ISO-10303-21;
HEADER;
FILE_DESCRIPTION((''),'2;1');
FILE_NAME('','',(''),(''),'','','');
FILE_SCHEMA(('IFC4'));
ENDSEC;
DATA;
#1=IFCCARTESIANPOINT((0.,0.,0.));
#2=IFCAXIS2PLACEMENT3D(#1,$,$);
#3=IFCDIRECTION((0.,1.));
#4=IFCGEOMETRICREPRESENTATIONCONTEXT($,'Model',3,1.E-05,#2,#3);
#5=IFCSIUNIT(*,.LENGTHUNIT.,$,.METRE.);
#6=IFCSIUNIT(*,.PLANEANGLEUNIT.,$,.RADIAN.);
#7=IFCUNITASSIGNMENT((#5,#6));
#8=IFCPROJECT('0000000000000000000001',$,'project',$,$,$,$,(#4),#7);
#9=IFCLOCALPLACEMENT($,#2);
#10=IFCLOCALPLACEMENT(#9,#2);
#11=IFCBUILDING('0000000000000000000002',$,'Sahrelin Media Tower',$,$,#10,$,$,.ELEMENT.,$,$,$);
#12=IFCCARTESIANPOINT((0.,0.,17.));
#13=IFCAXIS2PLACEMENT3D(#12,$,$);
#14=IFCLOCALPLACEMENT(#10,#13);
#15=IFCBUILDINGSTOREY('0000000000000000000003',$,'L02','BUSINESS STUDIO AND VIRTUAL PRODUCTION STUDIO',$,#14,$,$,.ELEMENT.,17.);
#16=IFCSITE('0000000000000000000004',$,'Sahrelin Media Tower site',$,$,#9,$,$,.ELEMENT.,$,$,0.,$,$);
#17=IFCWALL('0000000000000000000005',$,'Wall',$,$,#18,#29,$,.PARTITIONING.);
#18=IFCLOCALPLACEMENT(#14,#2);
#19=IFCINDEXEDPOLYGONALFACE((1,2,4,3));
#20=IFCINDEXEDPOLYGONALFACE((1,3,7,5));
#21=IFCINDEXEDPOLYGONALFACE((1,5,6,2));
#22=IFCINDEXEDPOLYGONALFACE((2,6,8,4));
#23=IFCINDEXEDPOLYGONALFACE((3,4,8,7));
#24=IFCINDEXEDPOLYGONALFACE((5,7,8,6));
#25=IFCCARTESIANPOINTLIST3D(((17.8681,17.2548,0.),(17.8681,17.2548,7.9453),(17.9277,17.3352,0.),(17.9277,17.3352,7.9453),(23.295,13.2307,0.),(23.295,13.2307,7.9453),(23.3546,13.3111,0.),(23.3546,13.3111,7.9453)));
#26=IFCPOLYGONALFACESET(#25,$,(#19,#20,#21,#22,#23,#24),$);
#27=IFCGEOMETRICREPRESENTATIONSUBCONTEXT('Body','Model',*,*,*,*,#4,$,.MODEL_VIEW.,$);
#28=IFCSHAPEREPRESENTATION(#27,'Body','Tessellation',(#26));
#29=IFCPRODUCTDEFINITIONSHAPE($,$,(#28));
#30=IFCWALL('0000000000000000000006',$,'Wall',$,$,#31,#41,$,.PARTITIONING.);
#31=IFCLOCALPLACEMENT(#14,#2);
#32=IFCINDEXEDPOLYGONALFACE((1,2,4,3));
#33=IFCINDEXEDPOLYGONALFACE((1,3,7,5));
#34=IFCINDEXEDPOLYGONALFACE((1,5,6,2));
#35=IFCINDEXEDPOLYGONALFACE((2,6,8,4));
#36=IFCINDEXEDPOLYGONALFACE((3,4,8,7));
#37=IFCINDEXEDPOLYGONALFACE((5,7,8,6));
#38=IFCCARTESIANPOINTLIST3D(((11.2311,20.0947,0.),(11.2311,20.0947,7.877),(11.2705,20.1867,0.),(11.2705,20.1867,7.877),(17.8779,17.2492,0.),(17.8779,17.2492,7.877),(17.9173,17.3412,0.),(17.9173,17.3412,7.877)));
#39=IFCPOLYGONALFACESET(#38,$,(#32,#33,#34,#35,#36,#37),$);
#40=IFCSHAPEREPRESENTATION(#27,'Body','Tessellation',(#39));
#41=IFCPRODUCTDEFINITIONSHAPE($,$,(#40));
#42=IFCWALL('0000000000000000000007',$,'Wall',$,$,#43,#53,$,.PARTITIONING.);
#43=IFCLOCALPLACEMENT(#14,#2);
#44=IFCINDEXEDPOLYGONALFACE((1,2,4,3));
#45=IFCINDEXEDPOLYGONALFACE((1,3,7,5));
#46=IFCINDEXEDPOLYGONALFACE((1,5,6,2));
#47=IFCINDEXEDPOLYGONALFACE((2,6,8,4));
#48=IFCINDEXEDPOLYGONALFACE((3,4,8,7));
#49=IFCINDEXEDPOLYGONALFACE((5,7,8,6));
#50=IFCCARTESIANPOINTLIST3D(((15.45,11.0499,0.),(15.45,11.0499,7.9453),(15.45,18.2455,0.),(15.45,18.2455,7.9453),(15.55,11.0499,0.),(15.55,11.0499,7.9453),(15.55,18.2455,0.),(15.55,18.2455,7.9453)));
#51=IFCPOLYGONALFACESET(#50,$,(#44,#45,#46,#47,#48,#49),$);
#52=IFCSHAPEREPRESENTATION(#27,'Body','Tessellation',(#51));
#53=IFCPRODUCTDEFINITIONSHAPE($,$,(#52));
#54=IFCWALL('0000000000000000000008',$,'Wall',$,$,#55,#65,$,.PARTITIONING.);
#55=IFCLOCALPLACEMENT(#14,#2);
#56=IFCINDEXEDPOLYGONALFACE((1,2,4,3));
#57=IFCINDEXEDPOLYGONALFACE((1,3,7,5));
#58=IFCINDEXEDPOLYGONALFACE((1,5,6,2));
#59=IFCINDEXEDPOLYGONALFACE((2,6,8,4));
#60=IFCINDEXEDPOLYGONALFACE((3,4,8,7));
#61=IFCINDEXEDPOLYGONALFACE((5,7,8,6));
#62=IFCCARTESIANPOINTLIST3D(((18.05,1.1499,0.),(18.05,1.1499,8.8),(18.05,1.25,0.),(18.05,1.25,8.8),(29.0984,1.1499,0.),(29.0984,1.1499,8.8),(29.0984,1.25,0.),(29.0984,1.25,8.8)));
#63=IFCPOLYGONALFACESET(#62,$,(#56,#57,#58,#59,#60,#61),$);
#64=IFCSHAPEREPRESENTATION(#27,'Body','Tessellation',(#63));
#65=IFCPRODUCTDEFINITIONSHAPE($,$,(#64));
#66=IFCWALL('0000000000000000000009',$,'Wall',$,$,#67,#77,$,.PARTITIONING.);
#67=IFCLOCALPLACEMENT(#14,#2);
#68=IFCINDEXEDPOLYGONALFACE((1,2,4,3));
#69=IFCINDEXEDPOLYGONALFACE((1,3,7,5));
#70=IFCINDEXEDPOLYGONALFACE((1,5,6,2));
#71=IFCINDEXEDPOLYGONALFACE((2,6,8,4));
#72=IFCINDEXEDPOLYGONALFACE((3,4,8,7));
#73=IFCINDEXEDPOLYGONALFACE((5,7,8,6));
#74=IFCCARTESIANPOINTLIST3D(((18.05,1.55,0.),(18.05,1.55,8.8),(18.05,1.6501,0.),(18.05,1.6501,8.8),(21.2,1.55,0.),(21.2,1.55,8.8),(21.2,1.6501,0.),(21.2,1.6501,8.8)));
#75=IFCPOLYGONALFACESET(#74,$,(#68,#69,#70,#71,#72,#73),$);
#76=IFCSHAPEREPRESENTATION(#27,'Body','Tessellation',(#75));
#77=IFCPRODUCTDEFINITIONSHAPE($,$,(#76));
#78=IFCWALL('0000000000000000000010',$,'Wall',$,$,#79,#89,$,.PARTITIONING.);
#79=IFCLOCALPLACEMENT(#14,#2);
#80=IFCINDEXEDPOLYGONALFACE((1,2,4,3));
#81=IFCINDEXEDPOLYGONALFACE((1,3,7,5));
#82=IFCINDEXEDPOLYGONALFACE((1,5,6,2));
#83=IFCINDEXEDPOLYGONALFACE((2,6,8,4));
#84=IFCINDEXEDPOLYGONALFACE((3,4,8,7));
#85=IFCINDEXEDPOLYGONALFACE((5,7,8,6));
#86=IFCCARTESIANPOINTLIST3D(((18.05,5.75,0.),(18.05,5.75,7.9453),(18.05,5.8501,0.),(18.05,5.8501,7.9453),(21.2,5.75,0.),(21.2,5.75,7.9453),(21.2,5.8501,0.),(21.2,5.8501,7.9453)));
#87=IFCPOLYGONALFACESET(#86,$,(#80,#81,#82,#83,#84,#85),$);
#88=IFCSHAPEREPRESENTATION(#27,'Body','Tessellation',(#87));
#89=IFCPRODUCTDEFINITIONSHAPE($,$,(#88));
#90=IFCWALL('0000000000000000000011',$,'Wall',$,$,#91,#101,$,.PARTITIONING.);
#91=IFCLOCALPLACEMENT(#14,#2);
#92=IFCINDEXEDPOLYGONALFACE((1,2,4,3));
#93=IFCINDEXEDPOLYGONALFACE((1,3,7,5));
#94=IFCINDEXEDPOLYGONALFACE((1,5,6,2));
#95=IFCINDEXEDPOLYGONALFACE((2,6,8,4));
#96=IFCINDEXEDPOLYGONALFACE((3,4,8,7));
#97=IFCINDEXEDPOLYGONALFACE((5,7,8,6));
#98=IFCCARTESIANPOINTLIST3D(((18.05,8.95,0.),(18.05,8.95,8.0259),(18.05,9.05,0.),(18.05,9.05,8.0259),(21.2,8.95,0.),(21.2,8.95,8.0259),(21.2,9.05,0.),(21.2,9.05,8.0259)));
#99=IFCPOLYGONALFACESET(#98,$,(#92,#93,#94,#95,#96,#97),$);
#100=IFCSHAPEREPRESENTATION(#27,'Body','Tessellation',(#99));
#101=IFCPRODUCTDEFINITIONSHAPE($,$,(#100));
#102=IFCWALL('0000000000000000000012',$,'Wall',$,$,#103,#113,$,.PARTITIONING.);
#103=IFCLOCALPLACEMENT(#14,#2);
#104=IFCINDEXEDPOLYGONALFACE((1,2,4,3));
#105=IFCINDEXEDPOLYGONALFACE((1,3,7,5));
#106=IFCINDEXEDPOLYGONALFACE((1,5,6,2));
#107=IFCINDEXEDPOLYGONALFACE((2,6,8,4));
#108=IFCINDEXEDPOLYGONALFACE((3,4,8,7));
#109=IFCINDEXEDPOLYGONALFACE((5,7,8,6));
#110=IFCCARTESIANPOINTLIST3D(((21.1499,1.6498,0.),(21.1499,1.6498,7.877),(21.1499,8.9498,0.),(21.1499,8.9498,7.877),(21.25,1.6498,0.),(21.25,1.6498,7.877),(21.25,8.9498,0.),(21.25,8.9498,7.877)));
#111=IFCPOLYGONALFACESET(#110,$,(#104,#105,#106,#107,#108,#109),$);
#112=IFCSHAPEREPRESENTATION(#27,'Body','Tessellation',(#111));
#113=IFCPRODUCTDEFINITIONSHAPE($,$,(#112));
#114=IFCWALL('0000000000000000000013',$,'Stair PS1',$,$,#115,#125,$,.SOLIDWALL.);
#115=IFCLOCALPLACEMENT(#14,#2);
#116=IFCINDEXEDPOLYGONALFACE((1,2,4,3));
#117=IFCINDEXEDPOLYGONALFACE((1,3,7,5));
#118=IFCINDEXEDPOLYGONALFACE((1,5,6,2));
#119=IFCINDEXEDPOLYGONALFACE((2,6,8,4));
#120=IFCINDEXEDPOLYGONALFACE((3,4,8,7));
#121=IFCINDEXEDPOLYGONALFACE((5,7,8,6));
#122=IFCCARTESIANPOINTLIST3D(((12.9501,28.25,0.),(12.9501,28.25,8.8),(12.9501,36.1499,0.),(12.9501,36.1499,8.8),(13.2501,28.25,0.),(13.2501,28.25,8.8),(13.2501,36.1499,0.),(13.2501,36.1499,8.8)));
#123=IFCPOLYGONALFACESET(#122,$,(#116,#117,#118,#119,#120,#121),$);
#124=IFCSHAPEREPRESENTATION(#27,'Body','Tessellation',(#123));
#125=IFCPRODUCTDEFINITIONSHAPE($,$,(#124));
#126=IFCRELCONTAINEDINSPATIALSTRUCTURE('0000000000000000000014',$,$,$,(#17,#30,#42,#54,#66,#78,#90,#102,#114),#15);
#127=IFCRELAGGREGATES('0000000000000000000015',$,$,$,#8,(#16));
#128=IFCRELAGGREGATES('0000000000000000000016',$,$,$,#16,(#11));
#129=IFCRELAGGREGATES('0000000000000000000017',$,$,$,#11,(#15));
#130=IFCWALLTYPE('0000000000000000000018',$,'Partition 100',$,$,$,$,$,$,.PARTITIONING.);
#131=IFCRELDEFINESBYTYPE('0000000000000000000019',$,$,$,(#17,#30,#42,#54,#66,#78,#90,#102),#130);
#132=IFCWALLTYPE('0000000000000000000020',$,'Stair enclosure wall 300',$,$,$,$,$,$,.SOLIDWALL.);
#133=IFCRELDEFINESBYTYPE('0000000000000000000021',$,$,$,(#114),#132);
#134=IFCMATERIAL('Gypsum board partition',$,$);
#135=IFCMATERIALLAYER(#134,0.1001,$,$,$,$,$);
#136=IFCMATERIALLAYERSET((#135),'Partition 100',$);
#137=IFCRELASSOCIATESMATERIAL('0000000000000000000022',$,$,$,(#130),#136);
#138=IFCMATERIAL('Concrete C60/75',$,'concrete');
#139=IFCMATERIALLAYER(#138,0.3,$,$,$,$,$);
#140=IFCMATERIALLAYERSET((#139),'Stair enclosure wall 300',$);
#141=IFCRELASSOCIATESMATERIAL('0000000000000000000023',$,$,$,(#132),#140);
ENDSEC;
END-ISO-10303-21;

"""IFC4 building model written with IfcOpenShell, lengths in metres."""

from ifc_helpers import new_model, si_unit, direction, frame, frame_2d, origin, place, context, subcontext, project, spatial, rectangle, extrude, material, layer, layer_set, type_object, element, save


model = new_model("IFC4")

# Units and contexts
model_context = context("Model", 3, precision=1e-05, world=origin(), true_north=direction((0.0, 1.0)))
body_context = subcontext(model_context, "Body", "Model", "MODEL_VIEW")
ifc_project = project(units=[si_unit("LENGTHUNIT", "METRE"), si_unit("PLANEANGLEUNIT", "RADIAN")], contexts=[model_context])

# Site, building, storey
site_placement = place(None, origin())
site = spatial("IfcSite", under=ifc_project, at=site_placement, Name="Sahrelin Media Tower site", CompositionType="ELEMENT", RefElevation=0.0)
building_placement = place(site_placement, origin())
building = spatial("IfcBuilding", under=site, at=building_placement, Name="Sahrelin Media Tower", CompositionType="ELEMENT")
storey_placement = place(building_placement, frame((0.0, 0.0, 17.0)))
storey = spatial("IfcBuildingStorey", under=building, at=storey_placement, Name="L02", Description="BUSINESS STUDIO AND VIRTUAL PRODUCTION STUDIO", CompositionType="ELEMENT", Elevation=17.0)

# Walls
ifc_material_1 = material(Name="Gypsum board partition")
ifc_layer_1 = layer(ifc_material_1, 0.1001)
ifc_layer_set_1 = layer_set([ifc_layer_1], Name="Partition 100")
wall_type_1 = type_object("IfcWallType", Name="Partition 100", PredefinedType="PARTITIONING", material=ifc_layer_set_1)
wall_1_placement = place(storey_placement, frame((23.3247, 13.271, 0.0), z_axis=(0.0, 0.0, 1.0), x_axis=(-0.803262, 0.595626, 0.0)))
element("IfcWall", 1, at=wall_1_placement, inside=storey, type_object=wall_type_1, Name="Wall", PredefinedType="PARTITIONING", context=body_context, shape_type="SweptSolid", body=[
    extrude(rectangle(XDim=6.7561, YDim=0.1001, at=frame_2d((3.3779, 0.0))), origin(), (0.0, 0.0, 1.0), 7.9453),
])
wall_2_placement = place(storey_placement, frame((17.8977, 17.2952, 0.0), z_axis=(0.0, 0.0, 1.0), x_axis=(-0.919302, 0.393552, 0.0)))
element("IfcWall", 2, at=wall_2_placement, inside=storey, type_object=wall_type_1, Name="Wall", PredefinedType="PARTITIONING", context=body_context, shape_type="SweptSolid", body=[
    extrude(rectangle(XDim=7.2302, YDim=0.1001, at=frame_2d((3.6152, 0.0))), origin(), (0.0, 0.0, 1.0), 7.877),
])
wall_3_placement = place(storey_placement, frame((15.5, 11.05, 0.0), z_axis=(0.0, 0.0, 1.0), x_axis=(0.0, 1.0, 0.0)))
element("IfcWall", 3, at=wall_3_placement, inside=storey, type_object=wall_type_1, Name="Wall", PredefinedType="PARTITIONING", context=body_context, shape_type="SweptSolid", body=[
    extrude(rectangle(XDim=7.1956, YDim=0.1001, at=frame_2d((3.5977, 0.0))), origin(), (0.0, 0.0, 1.0), 7.9453),
])
wall_4_placement = place(storey_placement, frame((18.05, 1.2, 0.0), z_axis=(0.0, 0.0, 1.0), x_axis=(1.0, 0.0, 0.0)))
element("IfcWall", 4, at=wall_4_placement, inside=storey, type_object=wall_type_1, Name="Wall", PredefinedType="PARTITIONING", context=body_context, shape_type="SweptSolid", body=[
    extrude(rectangle(XDim=11.0483, YDim=0.1001, at=frame_2d((5.5242, 0.0))), origin(), (0.0, 0.0, 1.0), 8.8),
])
wall_5_placement = place(storey_placement, frame((18.05, 1.6001, 0.0), z_axis=(0.0, 0.0, 1.0), x_axis=(1.0, 0.0, 0.0)))
element("IfcWall", 5, at=wall_5_placement, inside=storey, type_object=wall_type_1, Name="Wall", PredefinedType="PARTITIONING", context=body_context, shape_type="SweptSolid", body=[
    extrude(rectangle(XDim=3.1499, YDim=0.1001, at=frame_2d((1.575, 0.0))), origin(), (0.0, 0.0, 1.0), 8.8),
])
wall_6_placement = place(storey_placement, frame((18.05, 5.8, 0.0), z_axis=(0.0, 0.0, 1.0), x_axis=(1.0, 0.0, 0.0)))
element("IfcWall", 6, at=wall_6_placement, inside=storey, type_object=wall_type_1, Name="Wall", PredefinedType="PARTITIONING", context=body_context, shape_type="SweptSolid", body=[
    extrude(rectangle(XDim=3.1499, YDim=0.1001, at=frame_2d((1.575, 0.0))), origin(), (0.0, 0.0, 1.0), 7.9453),
])
wall_7_placement = place(storey_placement, frame((18.05, 9.0, 0.0), z_axis=(0.0, 0.0, 1.0), x_axis=(1.0, 0.0, 0.0)))
element("IfcWall", 7, at=wall_7_placement, inside=storey, type_object=wall_type_1, Name="Wall", PredefinedType="PARTITIONING", context=body_context, shape_type="SweptSolid", body=[
    extrude(rectangle(XDim=3.1499, YDim=0.1001, at=frame_2d((1.575, 0.0))), origin(), (0.0, 0.0, 1.0), 8.0259),
])
wall_8_placement = place(storey_placement, frame((21.2, 1.6499, 0.0), z_axis=(0.0, 0.0, 1.0), x_axis=(0.0, 1.0, 0.0)))
element("IfcWall", 8, at=wall_8_placement, inside=storey, type_object=wall_type_1, Name="Wall", PredefinedType="PARTITIONING", context=body_context, shape_type="SweptSolid", body=[
    extrude(rectangle(XDim=7.3, YDim=0.1001, at=frame_2d((3.6499, 0.0))), origin(), (0.0, 0.0, 1.0), 7.877),
])

# Shared definitions
ifc_material_2 = material(Name="Concrete C60/75", Category="concrete")
ifc_layer_2 = layer(ifc_material_2, 0.3)
ifc_layer_set_2 = layer_set([ifc_layer_2], Name="Stair enclosure wall 300")
wall_type_2 = type_object("IfcWallType", Name="Stair enclosure wall 300", PredefinedType="SOLIDWALL", material=ifc_layer_set_2)

# Wall
wall_9_placement = place(storey_placement, frame((13.1001, 36.1499, 0.0), z_axis=(0.0, 0.0, 1.0), x_axis=(0.0, -1.0, 0.0)))
element("IfcWall", 9, at=wall_9_placement, inside=storey, type_object=wall_type_2, Name="Stair PS1", PredefinedType="SOLIDWALL", context=body_context, shape_type="SweptSolid", body=[
    extrude(rectangle(XDim=7.8999, YDim=0.3, at=frame_2d((3.95, 0.0))), origin(), (0.0, 0.0, 1.0), 8.8),
])

save(model, "model.ifc")
